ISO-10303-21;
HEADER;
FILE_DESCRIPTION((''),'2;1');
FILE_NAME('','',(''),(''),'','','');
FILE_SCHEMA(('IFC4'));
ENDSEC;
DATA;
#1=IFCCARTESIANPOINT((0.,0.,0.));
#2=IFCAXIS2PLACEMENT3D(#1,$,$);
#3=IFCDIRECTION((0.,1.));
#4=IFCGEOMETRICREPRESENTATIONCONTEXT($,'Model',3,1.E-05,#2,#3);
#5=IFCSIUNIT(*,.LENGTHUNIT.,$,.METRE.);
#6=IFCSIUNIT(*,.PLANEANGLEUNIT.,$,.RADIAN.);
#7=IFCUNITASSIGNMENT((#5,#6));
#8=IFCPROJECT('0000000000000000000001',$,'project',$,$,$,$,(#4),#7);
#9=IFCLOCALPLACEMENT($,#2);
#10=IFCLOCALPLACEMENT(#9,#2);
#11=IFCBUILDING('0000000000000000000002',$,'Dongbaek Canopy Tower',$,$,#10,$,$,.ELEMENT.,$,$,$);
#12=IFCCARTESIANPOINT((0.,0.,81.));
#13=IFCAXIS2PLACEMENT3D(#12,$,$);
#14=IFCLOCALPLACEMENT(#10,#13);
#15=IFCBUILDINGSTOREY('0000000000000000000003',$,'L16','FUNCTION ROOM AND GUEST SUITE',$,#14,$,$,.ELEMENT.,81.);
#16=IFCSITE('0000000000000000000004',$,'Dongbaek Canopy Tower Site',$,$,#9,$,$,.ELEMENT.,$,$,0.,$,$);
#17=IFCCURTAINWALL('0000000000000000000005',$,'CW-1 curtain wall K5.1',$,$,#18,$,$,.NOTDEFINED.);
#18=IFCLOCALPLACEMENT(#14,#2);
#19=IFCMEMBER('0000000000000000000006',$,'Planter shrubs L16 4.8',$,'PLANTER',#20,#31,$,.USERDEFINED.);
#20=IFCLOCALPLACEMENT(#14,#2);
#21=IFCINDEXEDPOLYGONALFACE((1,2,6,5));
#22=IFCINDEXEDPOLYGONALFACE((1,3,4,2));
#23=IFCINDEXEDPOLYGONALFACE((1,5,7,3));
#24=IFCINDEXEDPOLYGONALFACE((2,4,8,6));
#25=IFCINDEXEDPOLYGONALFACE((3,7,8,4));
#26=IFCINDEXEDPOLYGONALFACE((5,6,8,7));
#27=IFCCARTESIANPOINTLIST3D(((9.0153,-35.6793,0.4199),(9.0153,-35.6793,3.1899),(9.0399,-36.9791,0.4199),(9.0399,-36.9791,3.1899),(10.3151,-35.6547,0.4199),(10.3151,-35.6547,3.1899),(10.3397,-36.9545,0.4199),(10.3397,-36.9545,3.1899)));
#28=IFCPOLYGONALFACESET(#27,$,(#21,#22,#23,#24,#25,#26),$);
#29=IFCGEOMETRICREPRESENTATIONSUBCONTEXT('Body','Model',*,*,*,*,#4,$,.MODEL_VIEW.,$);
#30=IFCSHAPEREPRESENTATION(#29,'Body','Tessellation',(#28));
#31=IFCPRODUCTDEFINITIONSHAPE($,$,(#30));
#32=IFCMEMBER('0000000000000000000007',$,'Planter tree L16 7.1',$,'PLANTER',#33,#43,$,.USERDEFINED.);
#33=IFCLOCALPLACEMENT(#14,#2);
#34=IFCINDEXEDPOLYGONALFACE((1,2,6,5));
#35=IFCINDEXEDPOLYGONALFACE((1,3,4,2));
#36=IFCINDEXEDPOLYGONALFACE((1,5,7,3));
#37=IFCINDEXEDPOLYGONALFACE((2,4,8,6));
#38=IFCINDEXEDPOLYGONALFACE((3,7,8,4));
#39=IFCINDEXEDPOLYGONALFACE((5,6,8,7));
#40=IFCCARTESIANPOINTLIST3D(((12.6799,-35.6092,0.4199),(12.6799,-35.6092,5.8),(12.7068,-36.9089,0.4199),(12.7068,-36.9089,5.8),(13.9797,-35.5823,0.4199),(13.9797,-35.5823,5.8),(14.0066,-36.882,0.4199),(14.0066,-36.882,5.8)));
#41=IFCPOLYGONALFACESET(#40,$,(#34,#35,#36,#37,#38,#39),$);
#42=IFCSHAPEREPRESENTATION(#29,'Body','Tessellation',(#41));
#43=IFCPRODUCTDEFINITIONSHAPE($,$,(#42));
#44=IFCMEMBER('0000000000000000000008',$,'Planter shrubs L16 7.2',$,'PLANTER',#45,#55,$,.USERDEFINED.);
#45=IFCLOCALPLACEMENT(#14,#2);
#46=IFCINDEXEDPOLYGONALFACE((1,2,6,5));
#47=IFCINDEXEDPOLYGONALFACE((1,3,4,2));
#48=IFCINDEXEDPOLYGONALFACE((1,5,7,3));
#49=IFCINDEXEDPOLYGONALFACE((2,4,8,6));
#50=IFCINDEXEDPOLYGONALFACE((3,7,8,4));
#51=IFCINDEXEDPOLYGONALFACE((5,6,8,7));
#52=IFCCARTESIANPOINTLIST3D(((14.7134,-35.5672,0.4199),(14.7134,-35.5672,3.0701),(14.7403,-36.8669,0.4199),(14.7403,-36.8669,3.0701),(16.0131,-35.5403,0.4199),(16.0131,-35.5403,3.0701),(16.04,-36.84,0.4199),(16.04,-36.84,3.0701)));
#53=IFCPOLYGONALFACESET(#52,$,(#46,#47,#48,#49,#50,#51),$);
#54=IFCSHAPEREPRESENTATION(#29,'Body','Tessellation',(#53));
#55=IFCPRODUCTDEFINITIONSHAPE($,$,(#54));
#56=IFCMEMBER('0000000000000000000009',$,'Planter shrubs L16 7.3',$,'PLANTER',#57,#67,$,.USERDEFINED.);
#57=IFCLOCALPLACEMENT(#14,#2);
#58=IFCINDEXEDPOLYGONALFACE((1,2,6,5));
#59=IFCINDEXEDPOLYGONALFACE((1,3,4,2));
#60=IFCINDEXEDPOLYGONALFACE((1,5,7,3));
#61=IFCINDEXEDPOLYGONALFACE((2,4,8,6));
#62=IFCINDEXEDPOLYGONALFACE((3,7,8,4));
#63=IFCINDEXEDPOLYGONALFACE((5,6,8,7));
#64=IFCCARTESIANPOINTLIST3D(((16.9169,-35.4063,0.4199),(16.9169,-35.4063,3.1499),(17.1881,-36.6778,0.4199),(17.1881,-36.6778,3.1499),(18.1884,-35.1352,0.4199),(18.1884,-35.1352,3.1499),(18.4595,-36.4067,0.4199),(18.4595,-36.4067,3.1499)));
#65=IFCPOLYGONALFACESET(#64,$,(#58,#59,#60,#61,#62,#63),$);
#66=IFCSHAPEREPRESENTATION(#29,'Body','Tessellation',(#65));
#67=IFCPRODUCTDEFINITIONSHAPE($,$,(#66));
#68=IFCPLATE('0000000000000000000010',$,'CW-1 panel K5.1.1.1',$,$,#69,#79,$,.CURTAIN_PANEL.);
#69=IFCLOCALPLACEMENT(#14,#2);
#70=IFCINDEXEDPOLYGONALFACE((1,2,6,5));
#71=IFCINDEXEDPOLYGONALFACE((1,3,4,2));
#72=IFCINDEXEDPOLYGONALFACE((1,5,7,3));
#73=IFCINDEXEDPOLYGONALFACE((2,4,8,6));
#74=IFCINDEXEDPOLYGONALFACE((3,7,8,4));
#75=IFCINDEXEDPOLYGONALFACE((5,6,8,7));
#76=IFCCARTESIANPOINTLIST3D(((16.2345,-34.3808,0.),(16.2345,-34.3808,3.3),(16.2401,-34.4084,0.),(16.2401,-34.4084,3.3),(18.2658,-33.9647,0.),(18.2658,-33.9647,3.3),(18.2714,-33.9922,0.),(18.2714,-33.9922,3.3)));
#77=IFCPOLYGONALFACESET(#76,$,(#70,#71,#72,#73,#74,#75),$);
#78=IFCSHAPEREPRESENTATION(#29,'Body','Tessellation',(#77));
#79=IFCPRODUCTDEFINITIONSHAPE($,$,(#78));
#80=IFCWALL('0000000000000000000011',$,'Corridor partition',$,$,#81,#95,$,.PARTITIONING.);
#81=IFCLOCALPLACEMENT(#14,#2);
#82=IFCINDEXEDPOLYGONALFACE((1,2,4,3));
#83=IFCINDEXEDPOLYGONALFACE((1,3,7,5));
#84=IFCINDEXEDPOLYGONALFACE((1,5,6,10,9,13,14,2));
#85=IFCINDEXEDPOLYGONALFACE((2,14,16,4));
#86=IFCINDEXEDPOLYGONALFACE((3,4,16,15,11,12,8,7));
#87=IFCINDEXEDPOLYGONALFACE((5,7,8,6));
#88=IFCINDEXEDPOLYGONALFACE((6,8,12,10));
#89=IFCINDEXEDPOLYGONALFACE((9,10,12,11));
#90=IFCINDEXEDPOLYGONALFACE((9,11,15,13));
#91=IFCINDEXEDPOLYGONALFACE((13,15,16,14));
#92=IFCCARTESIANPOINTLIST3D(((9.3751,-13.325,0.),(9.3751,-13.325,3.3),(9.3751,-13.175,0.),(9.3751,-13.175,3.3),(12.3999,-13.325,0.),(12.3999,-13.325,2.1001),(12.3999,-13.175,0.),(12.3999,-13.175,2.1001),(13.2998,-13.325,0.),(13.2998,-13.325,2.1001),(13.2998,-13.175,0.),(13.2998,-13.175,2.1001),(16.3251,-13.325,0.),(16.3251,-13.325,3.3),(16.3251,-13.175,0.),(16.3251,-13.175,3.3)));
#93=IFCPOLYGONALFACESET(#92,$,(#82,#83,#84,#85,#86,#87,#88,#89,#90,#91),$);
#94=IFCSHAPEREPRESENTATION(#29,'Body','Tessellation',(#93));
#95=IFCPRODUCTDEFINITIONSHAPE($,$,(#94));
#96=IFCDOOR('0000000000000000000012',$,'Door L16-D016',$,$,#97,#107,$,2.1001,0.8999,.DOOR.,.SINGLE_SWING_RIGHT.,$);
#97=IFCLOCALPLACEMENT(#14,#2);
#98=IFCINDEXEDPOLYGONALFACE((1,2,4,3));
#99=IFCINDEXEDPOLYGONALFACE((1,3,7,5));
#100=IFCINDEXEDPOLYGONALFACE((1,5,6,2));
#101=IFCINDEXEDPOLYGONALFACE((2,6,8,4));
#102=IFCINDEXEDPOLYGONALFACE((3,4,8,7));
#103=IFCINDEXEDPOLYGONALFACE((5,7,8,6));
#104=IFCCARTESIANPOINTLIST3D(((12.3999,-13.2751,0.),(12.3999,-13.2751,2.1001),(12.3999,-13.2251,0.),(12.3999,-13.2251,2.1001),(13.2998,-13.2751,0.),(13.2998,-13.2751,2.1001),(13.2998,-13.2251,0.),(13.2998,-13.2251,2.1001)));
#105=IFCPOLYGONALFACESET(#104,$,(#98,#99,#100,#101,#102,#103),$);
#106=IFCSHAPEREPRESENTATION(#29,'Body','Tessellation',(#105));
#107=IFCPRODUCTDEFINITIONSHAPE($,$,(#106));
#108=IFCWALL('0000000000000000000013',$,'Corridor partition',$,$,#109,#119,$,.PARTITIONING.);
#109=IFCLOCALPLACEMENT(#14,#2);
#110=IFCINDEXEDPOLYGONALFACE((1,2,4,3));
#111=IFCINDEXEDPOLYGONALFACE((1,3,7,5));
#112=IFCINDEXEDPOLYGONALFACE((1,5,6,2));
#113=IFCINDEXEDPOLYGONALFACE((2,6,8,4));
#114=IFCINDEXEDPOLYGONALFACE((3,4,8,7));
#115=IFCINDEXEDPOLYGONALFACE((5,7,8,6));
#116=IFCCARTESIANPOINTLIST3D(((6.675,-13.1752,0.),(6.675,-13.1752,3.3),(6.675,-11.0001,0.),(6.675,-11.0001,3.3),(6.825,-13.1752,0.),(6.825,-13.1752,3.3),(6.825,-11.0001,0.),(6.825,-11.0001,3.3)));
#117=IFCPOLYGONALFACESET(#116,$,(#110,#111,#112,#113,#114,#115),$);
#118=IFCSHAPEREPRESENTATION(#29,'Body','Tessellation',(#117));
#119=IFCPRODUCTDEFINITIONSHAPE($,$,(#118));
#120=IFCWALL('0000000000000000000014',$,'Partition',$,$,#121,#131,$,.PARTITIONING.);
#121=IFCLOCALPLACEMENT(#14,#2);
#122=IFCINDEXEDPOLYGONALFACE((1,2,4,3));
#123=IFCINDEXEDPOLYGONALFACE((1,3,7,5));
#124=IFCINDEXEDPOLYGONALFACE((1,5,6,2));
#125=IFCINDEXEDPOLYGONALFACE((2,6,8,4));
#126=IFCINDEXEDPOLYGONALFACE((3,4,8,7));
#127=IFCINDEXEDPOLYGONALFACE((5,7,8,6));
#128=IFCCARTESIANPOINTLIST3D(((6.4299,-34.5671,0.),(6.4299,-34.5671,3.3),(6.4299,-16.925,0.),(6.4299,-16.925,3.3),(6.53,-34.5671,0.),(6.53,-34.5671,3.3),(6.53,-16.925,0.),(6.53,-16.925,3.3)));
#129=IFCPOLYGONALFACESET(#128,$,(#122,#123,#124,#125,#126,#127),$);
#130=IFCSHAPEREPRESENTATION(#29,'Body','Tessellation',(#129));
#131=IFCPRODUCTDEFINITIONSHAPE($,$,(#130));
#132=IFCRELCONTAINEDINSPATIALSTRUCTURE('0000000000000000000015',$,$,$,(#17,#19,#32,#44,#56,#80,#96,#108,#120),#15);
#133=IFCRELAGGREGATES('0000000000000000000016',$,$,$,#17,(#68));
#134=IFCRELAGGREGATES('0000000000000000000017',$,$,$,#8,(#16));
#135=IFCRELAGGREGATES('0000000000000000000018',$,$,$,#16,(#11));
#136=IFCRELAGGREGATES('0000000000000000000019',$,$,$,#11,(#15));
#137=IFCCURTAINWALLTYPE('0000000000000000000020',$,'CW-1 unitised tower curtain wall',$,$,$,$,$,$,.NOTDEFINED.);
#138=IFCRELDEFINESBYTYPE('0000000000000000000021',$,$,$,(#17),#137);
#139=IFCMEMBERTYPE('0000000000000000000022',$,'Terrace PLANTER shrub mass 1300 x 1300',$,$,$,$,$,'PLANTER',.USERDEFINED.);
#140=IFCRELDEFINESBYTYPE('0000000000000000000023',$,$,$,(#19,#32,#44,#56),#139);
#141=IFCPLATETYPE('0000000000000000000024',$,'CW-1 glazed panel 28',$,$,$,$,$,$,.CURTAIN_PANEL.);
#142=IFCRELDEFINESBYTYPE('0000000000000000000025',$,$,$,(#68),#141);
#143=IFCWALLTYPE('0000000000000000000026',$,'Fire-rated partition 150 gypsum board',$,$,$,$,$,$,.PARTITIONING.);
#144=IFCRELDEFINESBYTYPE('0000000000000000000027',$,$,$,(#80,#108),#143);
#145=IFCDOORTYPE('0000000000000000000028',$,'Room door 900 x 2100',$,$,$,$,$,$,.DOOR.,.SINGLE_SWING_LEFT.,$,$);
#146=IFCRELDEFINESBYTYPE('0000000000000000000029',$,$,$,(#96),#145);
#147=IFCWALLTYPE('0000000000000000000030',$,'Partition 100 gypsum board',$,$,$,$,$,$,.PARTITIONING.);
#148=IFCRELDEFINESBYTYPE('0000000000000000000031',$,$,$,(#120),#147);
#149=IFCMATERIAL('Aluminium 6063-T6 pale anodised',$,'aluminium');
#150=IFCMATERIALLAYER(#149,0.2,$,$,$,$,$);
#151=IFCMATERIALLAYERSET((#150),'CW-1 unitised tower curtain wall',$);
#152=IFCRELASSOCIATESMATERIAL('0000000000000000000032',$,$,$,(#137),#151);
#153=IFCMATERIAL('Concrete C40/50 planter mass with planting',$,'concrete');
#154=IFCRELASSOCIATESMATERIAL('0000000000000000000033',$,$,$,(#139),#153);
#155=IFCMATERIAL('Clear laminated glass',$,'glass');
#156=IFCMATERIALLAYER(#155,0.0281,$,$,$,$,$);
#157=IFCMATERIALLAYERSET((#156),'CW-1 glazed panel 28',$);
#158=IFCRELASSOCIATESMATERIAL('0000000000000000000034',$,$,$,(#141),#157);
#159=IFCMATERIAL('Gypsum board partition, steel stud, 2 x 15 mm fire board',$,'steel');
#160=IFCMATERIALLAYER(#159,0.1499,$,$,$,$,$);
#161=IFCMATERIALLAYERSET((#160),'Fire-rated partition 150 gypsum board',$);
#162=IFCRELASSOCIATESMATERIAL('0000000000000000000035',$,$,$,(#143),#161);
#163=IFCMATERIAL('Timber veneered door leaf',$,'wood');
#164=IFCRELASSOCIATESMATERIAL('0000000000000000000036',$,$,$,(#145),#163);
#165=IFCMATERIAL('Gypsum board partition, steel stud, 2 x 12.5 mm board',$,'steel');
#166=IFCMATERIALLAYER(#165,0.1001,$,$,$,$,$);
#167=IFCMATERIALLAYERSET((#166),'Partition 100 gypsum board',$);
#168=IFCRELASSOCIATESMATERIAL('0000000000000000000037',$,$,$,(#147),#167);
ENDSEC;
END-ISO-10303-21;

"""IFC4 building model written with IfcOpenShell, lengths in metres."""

from ifc_helpers import new_model, si_unit, direction, frame, frame_2d, origin, origin_2d, place, context, subcontext, project, spatial, rectangle, extrude, material, layer, layer_set, material_profile, profile_set, type_object, element, fill, aggregate, save


model = new_model("IFC4")

# Units and contexts
model_context = context("Model", 3, precision=1e-05, world=origin(), true_north=direction((0.0, 1.0)))
body_context = subcontext(model_context, "Body", "Model", "MODEL_VIEW")
ifc_project = project(units=[si_unit("LENGTHUNIT", "METRE"), si_unit("PLANEANGLEUNIT", "RADIAN")], contexts=[model_context])

# Site, building, storey
site_placement = place(None, origin())
site = spatial("IfcSite", under=ifc_project, at=site_placement, Name="Dongbaek Canopy Tower Site", CompositionType="ELEMENT", RefElevation=0.0)
building_placement = place(site_placement, origin())
building = spatial("IfcBuilding", under=site, at=building_placement, Name="Dongbaek Canopy Tower", CompositionType="ELEMENT")
storey_placement = place(building_placement, frame((0.0, 0.0, 81.0)))
storey = spatial("IfcBuildingStorey", under=building, at=storey_placement, Name="L16", Description="FUNCTION ROOM AND GUEST SUITE", CompositionType="ELEMENT", Elevation=81.0)

# Curtain wall
ifc_material_1 = material(Name="Aluminium 6063-T6 pale anodised", Category="aluminium")
ifc_layer_1 = layer(ifc_material_1, 0.2)
ifc_layer_set_1 = layer_set([ifc_layer_1], Name="CW-1 unitised tower curtain wall")
curtain_wall_type = type_object("IfcCurtainWallType", Name="CW-1 unitised tower curtain wall", PredefinedType="NOTDEFINED", material=ifc_layer_set_1)
curtain_wall_placement = place(storey_placement, origin())
curtain_wall = element("IfcCurtainWall", 1, at=curtain_wall_placement, inside=storey, type_object=curtain_wall_type, Name="CW-1 curtain wall K5.1", PredefinedType="NOTDEFINED")

# Members
ifc_material_2 = material(Name="Concrete C40/50 planter mass with planting", Category="concrete")
ifc_material_profile_1 = material_profile(ifc_material_2, rectangle(XDim=1.3, YDim=1.3, at=origin_2d()), Name="Terrace PLANTER shrub mass 1300 x 1300")
ifc_profile_set_1 = profile_set([ifc_material_profile_1], Name="Concrete C40/50 planter mass with planting")
member_type_1 = type_object("IfcMemberType", Name="Terrace PLANTER shrub mass 1300 x 1300", ElementType="PLANTER", PredefinedType="USERDEFINED", material=ifc_profile_set_1)
member_1_placement = place(storey_placement, frame((9.6775, -36.3169, 0.4199), z_axis=(0.0, 0.0, 1.0), x_axis=(0.018952, -0.99982, 0.0)))
element("IfcMember", 2, at=member_1_placement, inside=storey, type_object=member_type_1, Name="Planter shrubs L16 4.8", ObjectType="PLANTER", PredefinedType="USERDEFINED", context=body_context, shape_type="SweptSolid", body=[
    extrude(rectangle(XDim=1.3, YDim=1.3, at=origin_2d()), origin(), (0.0, 0.0, 1.0), 2.77),
])
member_2_placement = place(storey_placement, frame((13.3433, -36.2456, 0.4199), z_axis=(0.0, 0.0, 1.0), x_axis=(0.020692, -0.999786, 0.0)))
element("IfcMember", 3, at=member_2_placement, inside=storey, type_object=member_type_1, Name="Planter tree L16 7.1", ObjectType="PLANTER", PredefinedType="USERDEFINED", context=body_context, shape_type="SweptSolid", body=[
    extrude(rectangle(XDim=1.3, YDim=1.3, at=origin_2d()), origin(), (0.0, 0.0, 1.0), 5.3801),
])
member_3_placement = place(storey_placement, frame((15.3767, -36.2036, 0.4199), z_axis=(0.0, 0.0, 1.0), x_axis=(0.020692, -0.999786, 0.0)))
element("IfcMember", 4, at=member_3_placement, inside=storey, type_object=member_type_1, Name="Planter shrubs L16 7.2", ObjectType="PLANTER", PredefinedType="USERDEFINED", context=body_context, shape_type="SweptSolid", body=[
    extrude(rectangle(XDim=1.3, YDim=1.3, at=origin_2d()), origin(), (0.0, 0.0, 1.0), 2.6501),
])
member_4_placement = place(storey_placement, frame((17.6882, -35.9065, 0.4199), z_axis=(0.0, 0.0, 1.0), x_axis=(0.208533, -0.978015, 0.0)))
element("IfcMember", 5, at=member_4_placement, inside=storey, type_object=member_type_1, Name="Planter shrubs L16 7.3", ObjectType="PLANTER", PredefinedType="USERDEFINED", context=body_context, shape_type="SweptSolid", body=[
    extrude(rectangle(XDim=1.3, YDim=1.3, at=origin_2d()), origin(), (0.0, 0.0, 1.0), 2.73),
])

# Plate
ifc_material_3 = material(Name="Clear laminated glass", Category="glass")
ifc_layer_2 = layer(ifc_material_3, 0.0281)
ifc_layer_set_2 = layer_set([ifc_layer_2], Name="CW-1 glazed panel 28")
plate_type = type_object("IfcPlateType", Name="CW-1 glazed panel 28", PredefinedType="CURTAIN_PANEL", material=ifc_layer_set_2)
plate_placement = place(storey_placement, frame((17.2529, -34.1865, 0.0), z_axis=(0.0, 0.0, 1.0), x_axis=(0.979652, 0.200704, 0.0)))
plate = element("IfcPlate", 6, at=plate_placement, type_object=plate_type, Name="CW-1 panel K5.1.1.1", PredefinedType="CURTAIN_PANEL", context=body_context, shape_type="SweptSolid", body=[
    extrude(rectangle(XDim=2.0735, YDim=0.0281, at=origin_2d()), origin(), (0.0, 0.0, 1.0), 3.3),
])
aggregate(curtain_wall, [plate])

# Wall, opening, door
ifc_material_4 = material(Name="Gypsum board partition, steel stud, 2 x 15 mm fire board", Category="steel")
ifc_layer_3 = layer(ifc_material_4, 0.1499)
ifc_layer_set_3 = layer_set([ifc_layer_3], Name="Fire-rated partition 150 gypsum board")
wall_type_1 = type_object("IfcWallType", Name="Fire-rated partition 150 gypsum board", PredefinedType="PARTITIONING", material=ifc_layer_set_3)
wall_1_placement = place(storey_placement, frame((9.375, -13.25, 0.0), z_axis=(0.0, 0.0, 1.0), x_axis=(1.0, 0.0, 0.0)))
wall_1 = element("IfcWall", 7, at=wall_1_placement, inside=storey, type_object=wall_type_1, Name="Corridor partition", PredefinedType="PARTITIONING", context=body_context, shape_type="SweptSolid", body=[
    extrude(rectangle(XDim=6.95, YDim=0.1499, at=frame_2d((3.4751, 0.0))), origin(), (0.0, 0.0, 1.0), 3.3),
])
opening_1_placement = place(wall_1_placement, frame((3.0249, 0.0, 0.0)))
opening_1 = element("IfcOpeningElement", 8, at=opening_1_placement, cuts=wall_1, PredefinedType="OPENING", context=body_context, shape_type="SweptSolid", body=[
    extrude(rectangle(XDim=0.8999, YDim=2.1001, at=frame_2d((0.45, 1.05))), frame((0.0, 0.085, 0.0), z_axis=(0.0, -1.0, 0.0), x_axis=(1.0, 0.0, 0.0)), (0.0, 0.0, 1.0), 0.1699),
])
ifc_material_5 = material(Name="Timber veneered door leaf", Category="wood")
door_type_1 = type_object("IfcDoorType", Name="Room door 900 x 2100", OperationType="SINGLE_SWING_LEFT", PredefinedType="DOOR", material=ifc_material_5)
door_1_placement = place(opening_1_placement, origin())
door_1 = element("IfcDoor", 9, at=door_1_placement, inside=storey, type_object=door_type_1, Name="Door L16-D016", OperationType="SINGLE_SWING_RIGHT", OverallHeight=2.1001, OverallWidth=0.8999, PredefinedType="DOOR", context=body_context, shape_type="SweptSolid", body=[
    extrude(rectangle(XDim=0.8999, YDim=2.1001, at=frame_2d((0.45, 1.05))), frame((0.0, 0.0249, 0.0), z_axis=(0.0, -1.0, 0.0), x_axis=(1.0, 0.0, 0.0)), (0.0, 0.0, 1.0), 0.05),
])
fill(opening_1, door_1)

# Walls
wall_2_placement = place(storey_placement, frame((6.75, -13.175, 0.0), z_axis=(0.0, 0.0, 1.0), x_axis=(0.0, 1.0, 0.0)))
element("IfcWall", 10, at=wall_2_placement, inside=storey, type_object=wall_type_1, Name="Corridor partition", PredefinedType="PARTITIONING", context=body_context, shape_type="SweptSolid", body=[
    extrude(rectangle(XDim=2.175, YDim=0.1499, at=frame_2d((1.0874, 0.0))), origin(), (0.0, 0.0, 1.0), 3.3),
])
ifc_material_6 = material(Name="Gypsum board partition, steel stud, 2 x 12.5 mm board", Category="steel")
ifc_layer_4 = layer(ifc_material_6, 0.1001)
ifc_layer_set_4 = layer_set([ifc_layer_4], Name="Partition 100 gypsum board")
wall_type_2 = type_object("IfcWallType", Name="Partition 100 gypsum board", PredefinedType="PARTITIONING", material=ifc_layer_set_4)
wall_3_placement = place(storey_placement, frame((6.48, -34.5671, 0.0), z_axis=(0.0, 0.0, 1.0), x_axis=(0.0, 1.0, 0.0)))
element("IfcWall", 11, at=wall_3_placement, inside=storey, type_object=wall_type_2, Name="Partition", PredefinedType="PARTITIONING", context=body_context, shape_type="SweptSolid", body=[
    extrude(rectangle(XDim=17.6421, YDim=0.1001, at=frame_2d((8.821, 0.0))), origin(), (0.0, 0.0, 1.0), 3.3),
])

save(model, "model.ifc")
